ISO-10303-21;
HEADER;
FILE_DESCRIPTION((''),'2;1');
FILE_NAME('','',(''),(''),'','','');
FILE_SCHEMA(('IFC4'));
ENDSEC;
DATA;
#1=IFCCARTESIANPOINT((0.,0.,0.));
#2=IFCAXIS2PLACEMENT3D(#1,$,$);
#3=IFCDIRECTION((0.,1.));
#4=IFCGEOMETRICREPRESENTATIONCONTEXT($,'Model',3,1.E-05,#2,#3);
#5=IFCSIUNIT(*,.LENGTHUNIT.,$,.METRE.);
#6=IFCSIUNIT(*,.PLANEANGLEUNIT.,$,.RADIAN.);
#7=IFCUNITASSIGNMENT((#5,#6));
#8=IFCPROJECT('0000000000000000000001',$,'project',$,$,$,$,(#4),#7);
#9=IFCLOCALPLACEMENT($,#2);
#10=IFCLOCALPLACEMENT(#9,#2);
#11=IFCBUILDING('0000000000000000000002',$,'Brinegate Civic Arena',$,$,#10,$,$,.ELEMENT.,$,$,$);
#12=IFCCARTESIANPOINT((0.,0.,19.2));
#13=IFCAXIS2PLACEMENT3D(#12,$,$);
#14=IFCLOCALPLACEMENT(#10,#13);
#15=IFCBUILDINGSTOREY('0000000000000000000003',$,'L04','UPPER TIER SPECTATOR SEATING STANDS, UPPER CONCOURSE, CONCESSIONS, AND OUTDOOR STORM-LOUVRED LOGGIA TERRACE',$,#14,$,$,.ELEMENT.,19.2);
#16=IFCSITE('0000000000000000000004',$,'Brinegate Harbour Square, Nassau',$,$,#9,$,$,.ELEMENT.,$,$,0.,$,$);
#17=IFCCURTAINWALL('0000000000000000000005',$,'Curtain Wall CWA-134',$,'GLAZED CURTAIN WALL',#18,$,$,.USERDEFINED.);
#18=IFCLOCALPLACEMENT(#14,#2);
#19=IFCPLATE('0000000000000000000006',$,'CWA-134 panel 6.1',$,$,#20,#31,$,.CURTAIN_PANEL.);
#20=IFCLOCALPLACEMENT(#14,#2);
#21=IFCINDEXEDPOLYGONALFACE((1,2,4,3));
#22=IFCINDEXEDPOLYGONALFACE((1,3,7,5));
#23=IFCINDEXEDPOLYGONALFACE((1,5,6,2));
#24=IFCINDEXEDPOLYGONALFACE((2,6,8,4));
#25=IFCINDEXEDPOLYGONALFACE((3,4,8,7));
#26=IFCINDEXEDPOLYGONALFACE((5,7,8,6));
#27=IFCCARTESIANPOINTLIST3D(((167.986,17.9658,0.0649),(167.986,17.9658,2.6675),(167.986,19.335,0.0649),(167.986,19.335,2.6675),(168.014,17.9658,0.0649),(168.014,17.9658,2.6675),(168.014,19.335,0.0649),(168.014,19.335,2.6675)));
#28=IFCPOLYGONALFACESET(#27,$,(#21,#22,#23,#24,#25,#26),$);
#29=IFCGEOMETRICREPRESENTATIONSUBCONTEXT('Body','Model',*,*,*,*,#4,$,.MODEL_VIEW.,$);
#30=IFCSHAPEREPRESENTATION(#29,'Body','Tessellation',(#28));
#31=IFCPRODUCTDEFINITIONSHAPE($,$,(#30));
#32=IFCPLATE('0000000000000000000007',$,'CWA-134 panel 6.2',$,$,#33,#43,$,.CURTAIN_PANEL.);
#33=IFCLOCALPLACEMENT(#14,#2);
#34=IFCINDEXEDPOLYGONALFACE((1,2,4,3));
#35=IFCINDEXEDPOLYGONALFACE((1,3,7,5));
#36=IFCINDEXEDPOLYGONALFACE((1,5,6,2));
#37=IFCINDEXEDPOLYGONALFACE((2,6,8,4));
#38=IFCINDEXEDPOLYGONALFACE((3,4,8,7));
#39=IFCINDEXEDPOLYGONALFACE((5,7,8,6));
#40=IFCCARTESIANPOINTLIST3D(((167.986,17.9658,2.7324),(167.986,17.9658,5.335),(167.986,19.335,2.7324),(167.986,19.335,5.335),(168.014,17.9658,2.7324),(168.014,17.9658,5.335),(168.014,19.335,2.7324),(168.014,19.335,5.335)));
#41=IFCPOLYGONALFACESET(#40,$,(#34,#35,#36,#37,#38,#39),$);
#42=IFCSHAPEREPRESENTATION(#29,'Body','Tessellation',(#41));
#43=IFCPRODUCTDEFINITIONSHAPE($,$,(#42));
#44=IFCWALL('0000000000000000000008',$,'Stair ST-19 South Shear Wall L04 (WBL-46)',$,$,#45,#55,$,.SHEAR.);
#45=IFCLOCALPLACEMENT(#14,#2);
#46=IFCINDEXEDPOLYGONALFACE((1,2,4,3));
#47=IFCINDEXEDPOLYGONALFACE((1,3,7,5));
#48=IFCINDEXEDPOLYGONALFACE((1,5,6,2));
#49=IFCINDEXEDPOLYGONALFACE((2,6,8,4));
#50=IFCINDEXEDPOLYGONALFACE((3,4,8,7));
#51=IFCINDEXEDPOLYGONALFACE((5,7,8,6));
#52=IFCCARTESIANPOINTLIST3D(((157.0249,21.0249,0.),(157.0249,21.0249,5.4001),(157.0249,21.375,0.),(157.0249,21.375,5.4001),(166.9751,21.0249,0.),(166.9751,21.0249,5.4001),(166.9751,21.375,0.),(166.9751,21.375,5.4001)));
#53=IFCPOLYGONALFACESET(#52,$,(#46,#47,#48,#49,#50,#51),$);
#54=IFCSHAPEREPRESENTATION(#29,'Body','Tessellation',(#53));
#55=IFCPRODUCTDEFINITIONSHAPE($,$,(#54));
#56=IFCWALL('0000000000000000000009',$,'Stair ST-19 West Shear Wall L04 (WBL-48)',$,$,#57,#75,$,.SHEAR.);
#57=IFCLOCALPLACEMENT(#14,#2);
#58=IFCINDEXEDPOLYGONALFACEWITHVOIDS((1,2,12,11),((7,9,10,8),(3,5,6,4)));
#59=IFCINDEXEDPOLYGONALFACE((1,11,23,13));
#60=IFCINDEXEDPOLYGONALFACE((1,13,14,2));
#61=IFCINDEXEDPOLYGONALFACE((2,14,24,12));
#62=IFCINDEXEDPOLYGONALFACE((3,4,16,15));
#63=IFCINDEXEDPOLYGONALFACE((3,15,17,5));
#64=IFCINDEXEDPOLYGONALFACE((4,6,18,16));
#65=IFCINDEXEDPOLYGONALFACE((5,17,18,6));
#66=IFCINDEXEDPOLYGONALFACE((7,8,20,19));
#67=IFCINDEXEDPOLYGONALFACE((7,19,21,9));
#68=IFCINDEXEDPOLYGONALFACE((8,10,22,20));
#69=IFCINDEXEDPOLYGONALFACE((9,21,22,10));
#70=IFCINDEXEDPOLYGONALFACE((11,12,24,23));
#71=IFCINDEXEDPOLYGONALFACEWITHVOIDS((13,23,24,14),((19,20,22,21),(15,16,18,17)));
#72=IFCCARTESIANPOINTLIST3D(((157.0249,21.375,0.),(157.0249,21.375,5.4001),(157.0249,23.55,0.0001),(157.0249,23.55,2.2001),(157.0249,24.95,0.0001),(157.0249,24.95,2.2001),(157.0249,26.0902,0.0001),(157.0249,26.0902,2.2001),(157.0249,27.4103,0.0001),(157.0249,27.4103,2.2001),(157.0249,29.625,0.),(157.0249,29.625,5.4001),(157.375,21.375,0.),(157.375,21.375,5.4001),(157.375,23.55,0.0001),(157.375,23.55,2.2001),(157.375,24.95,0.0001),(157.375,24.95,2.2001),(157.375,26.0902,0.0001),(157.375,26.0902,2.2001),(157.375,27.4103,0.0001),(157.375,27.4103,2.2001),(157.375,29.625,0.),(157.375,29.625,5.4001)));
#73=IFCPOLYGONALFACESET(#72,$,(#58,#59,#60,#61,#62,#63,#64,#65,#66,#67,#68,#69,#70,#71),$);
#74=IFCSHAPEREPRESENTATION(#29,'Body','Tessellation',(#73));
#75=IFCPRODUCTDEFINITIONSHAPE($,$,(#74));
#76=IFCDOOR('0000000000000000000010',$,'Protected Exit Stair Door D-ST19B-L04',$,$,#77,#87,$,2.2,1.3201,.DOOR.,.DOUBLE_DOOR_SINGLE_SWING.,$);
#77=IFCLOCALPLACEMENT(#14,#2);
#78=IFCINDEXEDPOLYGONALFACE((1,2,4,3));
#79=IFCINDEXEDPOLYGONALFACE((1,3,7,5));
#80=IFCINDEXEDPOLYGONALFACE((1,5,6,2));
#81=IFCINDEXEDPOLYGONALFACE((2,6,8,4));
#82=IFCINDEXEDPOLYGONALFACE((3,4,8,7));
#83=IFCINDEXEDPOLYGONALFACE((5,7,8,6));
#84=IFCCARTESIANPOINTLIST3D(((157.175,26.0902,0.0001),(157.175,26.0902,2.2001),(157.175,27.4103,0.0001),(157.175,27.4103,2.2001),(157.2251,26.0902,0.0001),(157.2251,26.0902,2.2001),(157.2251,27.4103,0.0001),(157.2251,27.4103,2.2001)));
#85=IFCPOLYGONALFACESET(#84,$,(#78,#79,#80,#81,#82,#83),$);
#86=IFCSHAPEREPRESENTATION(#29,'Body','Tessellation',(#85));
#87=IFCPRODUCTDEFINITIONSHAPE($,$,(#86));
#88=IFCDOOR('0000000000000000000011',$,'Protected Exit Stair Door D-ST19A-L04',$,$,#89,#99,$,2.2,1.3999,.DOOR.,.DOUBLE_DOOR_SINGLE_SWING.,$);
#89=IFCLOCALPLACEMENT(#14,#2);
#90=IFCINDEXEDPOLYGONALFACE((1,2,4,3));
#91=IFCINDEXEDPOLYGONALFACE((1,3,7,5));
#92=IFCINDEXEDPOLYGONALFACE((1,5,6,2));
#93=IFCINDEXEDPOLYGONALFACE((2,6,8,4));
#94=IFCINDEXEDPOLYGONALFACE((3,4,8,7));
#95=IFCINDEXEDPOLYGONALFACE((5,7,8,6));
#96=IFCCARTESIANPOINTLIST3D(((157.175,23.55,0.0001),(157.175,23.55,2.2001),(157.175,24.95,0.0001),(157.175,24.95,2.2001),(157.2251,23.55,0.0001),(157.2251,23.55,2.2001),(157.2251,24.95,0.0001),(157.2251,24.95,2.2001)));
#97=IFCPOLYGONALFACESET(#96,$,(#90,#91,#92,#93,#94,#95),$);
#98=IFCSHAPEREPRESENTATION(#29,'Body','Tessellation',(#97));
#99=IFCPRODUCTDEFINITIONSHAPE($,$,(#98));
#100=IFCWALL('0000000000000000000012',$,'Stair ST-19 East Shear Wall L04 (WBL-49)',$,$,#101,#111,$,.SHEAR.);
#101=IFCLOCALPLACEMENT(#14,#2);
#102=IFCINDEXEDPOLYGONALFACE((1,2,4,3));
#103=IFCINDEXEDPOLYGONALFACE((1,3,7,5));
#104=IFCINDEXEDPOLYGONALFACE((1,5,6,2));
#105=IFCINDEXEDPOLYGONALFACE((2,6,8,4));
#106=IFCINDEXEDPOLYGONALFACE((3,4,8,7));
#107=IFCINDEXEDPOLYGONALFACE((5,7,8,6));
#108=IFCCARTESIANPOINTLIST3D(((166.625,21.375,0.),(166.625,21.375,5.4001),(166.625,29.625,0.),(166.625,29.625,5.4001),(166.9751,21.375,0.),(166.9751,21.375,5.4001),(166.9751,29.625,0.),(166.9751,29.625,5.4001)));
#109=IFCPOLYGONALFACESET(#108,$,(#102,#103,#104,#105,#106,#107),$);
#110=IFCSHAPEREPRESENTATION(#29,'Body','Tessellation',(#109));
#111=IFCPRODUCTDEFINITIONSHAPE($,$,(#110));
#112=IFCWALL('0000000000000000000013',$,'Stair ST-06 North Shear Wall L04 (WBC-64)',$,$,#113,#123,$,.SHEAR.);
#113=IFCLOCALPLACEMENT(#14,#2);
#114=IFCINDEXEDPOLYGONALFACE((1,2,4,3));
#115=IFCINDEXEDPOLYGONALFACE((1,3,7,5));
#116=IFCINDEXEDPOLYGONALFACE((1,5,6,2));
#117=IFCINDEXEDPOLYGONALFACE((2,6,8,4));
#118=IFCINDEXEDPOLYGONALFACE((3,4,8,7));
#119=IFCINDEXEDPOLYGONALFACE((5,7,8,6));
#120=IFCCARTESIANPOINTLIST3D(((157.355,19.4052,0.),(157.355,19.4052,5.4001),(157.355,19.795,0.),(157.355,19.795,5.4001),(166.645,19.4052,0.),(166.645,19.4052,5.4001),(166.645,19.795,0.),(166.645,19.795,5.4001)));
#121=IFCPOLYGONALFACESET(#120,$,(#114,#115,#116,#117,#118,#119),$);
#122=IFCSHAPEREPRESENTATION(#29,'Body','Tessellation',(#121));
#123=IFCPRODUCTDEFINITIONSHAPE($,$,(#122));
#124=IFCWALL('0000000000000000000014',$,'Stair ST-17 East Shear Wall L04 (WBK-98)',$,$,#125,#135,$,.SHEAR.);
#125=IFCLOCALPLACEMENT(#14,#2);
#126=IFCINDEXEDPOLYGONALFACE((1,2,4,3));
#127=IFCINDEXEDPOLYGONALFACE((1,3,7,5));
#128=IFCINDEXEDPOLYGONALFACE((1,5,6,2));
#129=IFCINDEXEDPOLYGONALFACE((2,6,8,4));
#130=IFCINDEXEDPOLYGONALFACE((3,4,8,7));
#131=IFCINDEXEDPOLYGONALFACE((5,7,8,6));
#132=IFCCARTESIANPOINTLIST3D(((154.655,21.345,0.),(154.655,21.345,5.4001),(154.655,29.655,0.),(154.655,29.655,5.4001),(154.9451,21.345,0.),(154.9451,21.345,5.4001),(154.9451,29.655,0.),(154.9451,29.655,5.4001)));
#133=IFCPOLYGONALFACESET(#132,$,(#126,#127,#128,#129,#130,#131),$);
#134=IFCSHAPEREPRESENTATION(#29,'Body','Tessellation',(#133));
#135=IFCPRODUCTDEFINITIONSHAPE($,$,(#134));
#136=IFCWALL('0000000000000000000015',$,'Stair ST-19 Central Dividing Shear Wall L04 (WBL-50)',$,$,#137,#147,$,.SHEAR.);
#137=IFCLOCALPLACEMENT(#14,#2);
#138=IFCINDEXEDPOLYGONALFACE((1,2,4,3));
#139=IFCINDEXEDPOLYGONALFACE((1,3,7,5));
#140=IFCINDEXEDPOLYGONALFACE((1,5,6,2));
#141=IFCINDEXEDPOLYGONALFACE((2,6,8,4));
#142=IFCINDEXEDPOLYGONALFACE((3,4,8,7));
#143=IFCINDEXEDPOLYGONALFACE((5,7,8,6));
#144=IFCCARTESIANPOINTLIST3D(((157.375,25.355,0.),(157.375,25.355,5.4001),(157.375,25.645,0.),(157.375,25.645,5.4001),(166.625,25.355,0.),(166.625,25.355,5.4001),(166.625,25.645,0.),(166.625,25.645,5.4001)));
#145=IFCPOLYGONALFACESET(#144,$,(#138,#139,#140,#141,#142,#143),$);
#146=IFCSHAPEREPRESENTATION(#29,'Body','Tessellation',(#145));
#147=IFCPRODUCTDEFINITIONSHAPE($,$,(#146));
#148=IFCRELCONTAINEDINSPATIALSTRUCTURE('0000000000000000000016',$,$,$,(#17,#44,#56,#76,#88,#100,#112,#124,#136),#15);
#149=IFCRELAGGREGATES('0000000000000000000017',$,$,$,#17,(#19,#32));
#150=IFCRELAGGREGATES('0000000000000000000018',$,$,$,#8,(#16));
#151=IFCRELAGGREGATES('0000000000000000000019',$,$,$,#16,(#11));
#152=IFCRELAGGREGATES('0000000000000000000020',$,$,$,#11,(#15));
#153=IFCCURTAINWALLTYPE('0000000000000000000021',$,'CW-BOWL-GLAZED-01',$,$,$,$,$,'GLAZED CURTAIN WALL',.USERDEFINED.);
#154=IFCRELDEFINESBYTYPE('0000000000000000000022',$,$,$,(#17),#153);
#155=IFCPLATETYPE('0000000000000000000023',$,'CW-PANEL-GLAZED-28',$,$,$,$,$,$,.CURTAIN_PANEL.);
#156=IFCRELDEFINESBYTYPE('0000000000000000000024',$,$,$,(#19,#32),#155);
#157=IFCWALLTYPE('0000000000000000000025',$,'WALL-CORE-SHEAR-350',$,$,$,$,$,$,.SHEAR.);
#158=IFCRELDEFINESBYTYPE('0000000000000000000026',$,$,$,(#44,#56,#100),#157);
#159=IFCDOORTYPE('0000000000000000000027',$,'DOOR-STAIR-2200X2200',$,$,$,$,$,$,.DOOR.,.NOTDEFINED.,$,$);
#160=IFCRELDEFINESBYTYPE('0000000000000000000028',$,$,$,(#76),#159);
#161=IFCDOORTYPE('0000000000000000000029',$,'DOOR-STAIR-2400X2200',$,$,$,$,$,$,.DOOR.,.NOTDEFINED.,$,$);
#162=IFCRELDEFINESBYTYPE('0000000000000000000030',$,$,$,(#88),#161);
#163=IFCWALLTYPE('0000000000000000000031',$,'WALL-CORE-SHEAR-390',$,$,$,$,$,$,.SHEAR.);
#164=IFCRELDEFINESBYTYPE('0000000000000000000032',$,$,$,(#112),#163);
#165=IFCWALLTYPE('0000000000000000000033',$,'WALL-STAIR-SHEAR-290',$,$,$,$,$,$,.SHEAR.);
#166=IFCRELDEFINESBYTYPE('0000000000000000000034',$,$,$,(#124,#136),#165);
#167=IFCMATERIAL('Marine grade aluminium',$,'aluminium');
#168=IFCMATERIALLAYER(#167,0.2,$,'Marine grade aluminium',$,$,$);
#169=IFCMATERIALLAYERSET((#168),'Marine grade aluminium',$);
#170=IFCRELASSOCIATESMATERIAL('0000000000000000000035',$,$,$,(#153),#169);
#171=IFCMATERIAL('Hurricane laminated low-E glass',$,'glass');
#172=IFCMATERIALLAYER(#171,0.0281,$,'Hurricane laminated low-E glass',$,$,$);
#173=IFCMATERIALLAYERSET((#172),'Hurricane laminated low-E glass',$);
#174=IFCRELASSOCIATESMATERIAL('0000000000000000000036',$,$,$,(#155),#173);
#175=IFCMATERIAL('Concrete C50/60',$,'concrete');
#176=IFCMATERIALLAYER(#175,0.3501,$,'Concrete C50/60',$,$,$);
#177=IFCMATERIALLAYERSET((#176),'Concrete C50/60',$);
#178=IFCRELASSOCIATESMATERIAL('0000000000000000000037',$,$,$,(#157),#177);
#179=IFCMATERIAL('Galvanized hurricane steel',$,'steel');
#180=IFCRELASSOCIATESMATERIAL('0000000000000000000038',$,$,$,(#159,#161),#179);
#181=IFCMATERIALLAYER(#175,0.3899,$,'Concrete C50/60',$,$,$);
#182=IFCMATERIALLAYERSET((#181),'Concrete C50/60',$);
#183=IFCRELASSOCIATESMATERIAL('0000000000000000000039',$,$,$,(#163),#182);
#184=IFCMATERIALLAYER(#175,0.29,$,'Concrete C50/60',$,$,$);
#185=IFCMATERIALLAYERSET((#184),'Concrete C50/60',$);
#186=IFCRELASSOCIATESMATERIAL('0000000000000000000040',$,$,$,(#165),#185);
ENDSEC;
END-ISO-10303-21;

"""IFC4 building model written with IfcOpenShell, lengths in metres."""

from ifc_helpers import new_model, si_unit, direction, frame, frame_2d, origin, origin_2d, place, context, subcontext, project, spatial, rectangle, extrude, material, layer, layer_set, type_object, element, fill, aggregate, save


model = new_model("IFC4")

# Units and contexts
model_context = context("Model", 3, precision=1e-05, world=origin(), true_north=direction((0.0, 1.0)))
body_context = subcontext(model_context, "Body", "Model", "MODEL_VIEW")
ifc_project = project(units=[si_unit("LENGTHUNIT", "METRE"), si_unit("PLANEANGLEUNIT", "RADIAN")], contexts=[model_context])

# Site, building, storey
site_placement = place(None, origin())
site = spatial("IfcSite", under=ifc_project, at=site_placement, Name="Brinegate Harbour Square, Nassau", CompositionType="ELEMENT", RefElevation=0.0)
building_placement = place(site_placement, origin())
building = spatial("IfcBuilding", under=site, at=building_placement, Name="Brinegate Civic Arena", CompositionType="ELEMENT")
storey_placement = place(building_placement, frame((0.0, 0.0, 19.2)))
storey = spatial("IfcBuildingStorey", under=building, at=storey_placement, Name="L04", Description="UPPER TIER SPECTATOR SEATING STANDS, UPPER CONCOURSE, CONCESSIONS, AND OUTDOOR STORM-LOUVRED LOGGIA TERRACE", CompositionType="ELEMENT", Elevation=19.2)

# Curtain wall
ifc_material_1 = material(Name="Marine grade aluminium", Category="aluminium")
ifc_layer_1 = layer(ifc_material_1, 0.2, Name="Marine grade aluminium")
ifc_layer_set_1 = layer_set([ifc_layer_1], Name="Marine grade aluminium")
curtain_wall_type = type_object("IfcCurtainWallType", Name="CW-BOWL-GLAZED-01", ElementType="GLAZED CURTAIN WALL", PredefinedType="USERDEFINED", material=ifc_layer_set_1)
curtain_wall_placement = place(storey_placement, origin())
curtain_wall = element("IfcCurtainWall", 1, at=curtain_wall_placement, inside=storey, type_object=curtain_wall_type, Name="Curtain Wall CWA-134", ObjectType="GLAZED CURTAIN WALL", PredefinedType="USERDEFINED")

# Shared definitions
ifc_material_2 = material(Name="Concrete C50/60", Category="concrete")

# Plates
ifc_material_3 = material(Name="Hurricane laminated low-E glass", Category="glass")
ifc_layer_2 = layer(ifc_material_3, 0.0281, Name="Hurricane laminated low-E glass")
ifc_layer_set_2 = layer_set([ifc_layer_2], Name="Hurricane laminated low-E glass")
plate_type = type_object("IfcPlateType", Name="CW-PANEL-GLAZED-28", PredefinedType="CURTAIN_PANEL", material=ifc_layer_set_2)
plate_1_placement = place(storey_placement, frame((168.0, 18.6504, 0.0649), z_axis=(0.0, 0.0, 1.0), x_axis=(0.0, 1.0, 0.0)))
plate_1 = element("IfcPlate", 2, at=plate_1_placement, type_object=plate_type, Name="CWA-134 panel 6.1", PredefinedType="CURTAIN_PANEL", context=body_context, shape_type="SweptSolid", body=[
    extrude(rectangle(XDim=1.3691, YDim=0.0281, at=origin_2d()), origin(), (0.0, 0.0, 1.0), 2.6025),
])
plate_2_placement = place(storey_placement, frame((168.0, 18.6504, 2.7324), z_axis=(0.0, 0.0, 1.0), x_axis=(0.0, 1.0, 0.0)))
plate_2 = element("IfcPlate", 3, at=plate_2_placement, type_object=plate_type, Name="CWA-134 panel 6.2", PredefinedType="CURTAIN_PANEL", context=body_context, shape_type="SweptSolid", body=[
    extrude(rectangle(XDim=1.3691, YDim=0.0281, at=origin_2d()), origin(), (0.0, 0.0, 1.0), 2.6025),
])
aggregate(curtain_wall, [plate_1, plate_2])

# Wall
ifc_layer_3 = layer(ifc_material_2, 0.3501, Name="Concrete C50/60")
ifc_layer_set_3 = layer_set([ifc_layer_3], Name="Concrete C50/60")
wall_type_1 = type_object("IfcWallType", Name="WALL-CORE-SHEAR-350", PredefinedType="SHEAR", material=ifc_layer_set_3)
wall_1_placement = place(storey_placement, frame((157.0249, 21.2, 0.0), z_axis=(0.0, 0.0, 1.0), x_axis=(1.0, 0.0, 0.0)))
element("IfcWall", 4, at=wall_1_placement, inside=storey, type_object=wall_type_1, Name="Stair ST-19 South Shear Wall L04 (WBL-46)", PredefinedType="SHEAR", context=body_context, shape_type="SweptSolid", body=[
    extrude(rectangle(XDim=9.9502, YDim=0.3501, at=frame_2d((4.9751, 0.0))), origin(), (0.0, 0.0, 1.0), 5.4001),
])

# Wall, openings, doors
wall_2_placement = place(storey_placement, frame((157.2, 21.375, 0.0), z_axis=(0.0, 0.0, 1.0), x_axis=(0.0, 1.0, 0.0)))
wall_2 = element("IfcWall", 5, at=wall_2_placement, inside=storey, type_object=wall_type_1, Name="Stair ST-19 West Shear Wall L04 (WBL-48)", PredefinedType="SHEAR", context=body_context, shape_type="SweptSolid", body=[
    extrude(rectangle(XDim=8.25, YDim=0.3501, at=frame_2d((4.125, 0.0))), origin(), (0.0, 0.0, 1.0), 5.4001),
])
opening_1_placement = place(wall_2_placement, frame((2.175, 0.0, 0.0)))
opening_1 = element("IfcOpeningElement", 6, at=opening_1_placement, cuts=wall_2, PredefinedType="OPENING", context=body_context, shape_type="SweptSolid", body=[
    extrude(rectangle(XDim=1.3999, YDim=2.2, at=frame_2d((0.7, 1.1001))), frame((0.0, 0.1851, 0.0), z_axis=(0.0, -1.0, 0.0), x_axis=(1.0, 0.0, 0.0)), (0.0, 0.0, 1.0), 0.3701),
])
opening_2_placement = place(wall_2_placement, frame((4.7151, 0.0, 0.0)))
opening_2 = element("IfcOpeningElement", 7, at=opening_2_placement, cuts=wall_2, PredefinedType="OPENING", context=body_context, shape_type="SweptSolid", body=[
    extrude(rectangle(XDim=1.3201, YDim=2.2, at=frame_2d((0.6602, 1.1001))), frame((0.0, 0.1851, 0.0), z_axis=(0.0, -1.0, 0.0), x_axis=(1.0, 0.0, 0.0)), (0.0, 0.0, 1.0), 0.3701),
])
ifc_material_4 = material(Name="Galvanized hurricane steel", Category="steel")
door_type_1 = type_object("IfcDoorType", Name="DOOR-STAIR-2200X2200", OperationType="NOTDEFINED", PredefinedType="DOOR", material=ifc_material_4)
door_1_placement = place(opening_2_placement, origin())
door_1 = element("IfcDoor", 8, at=door_1_placement, inside=storey, type_object=door_type_1, Name="Protected Exit Stair Door D-ST19B-L04", OperationType="DOUBLE_DOOR_SINGLE_SWING", OverallHeight=2.2, OverallWidth=1.3201, PredefinedType="DOOR", context=body_context, shape_type="SweptSolid", body=[
    extrude(rectangle(XDim=1.3201, YDim=2.2, at=frame_2d((0.6602, 1.1001))), frame((0.0, 0.0249, 0.0), z_axis=(0.0, -1.0, 0.0), x_axis=(1.0, 0.0, 0.0)), (0.0, 0.0, 1.0), 0.05),
])
fill(opening_2, door_1)
door_type_2 = type_object("IfcDoorType", Name="DOOR-STAIR-2400X2200", OperationType="NOTDEFINED", PredefinedType="DOOR", material=ifc_material_4)
door_2_placement = place(opening_1_placement, origin())
door_2 = element("IfcDoor", 9, at=door_2_placement, inside=storey, type_object=door_type_2, Name="Protected Exit Stair Door D-ST19A-L04", OperationType="DOUBLE_DOOR_SINGLE_SWING", OverallHeight=2.2, OverallWidth=1.3999, PredefinedType="DOOR", context=body_context, shape_type="SweptSolid", body=[
    extrude(rectangle(XDim=1.3999, YDim=2.2, at=frame_2d((0.7, 1.1001))), frame((0.0, 0.0249, 0.0), z_axis=(0.0, -1.0, 0.0), x_axis=(1.0, 0.0, 0.0)), (0.0, 0.0, 1.0), 0.05),
])
fill(opening_1, door_2)

# Walls
wall_3_placement = place(storey_placement, frame((166.8, 21.375, 0.0), z_axis=(0.0, 0.0, 1.0), x_axis=(0.0, 1.0, 0.0)))
element("IfcWall", 10, at=wall_3_placement, inside=storey, type_object=wall_type_1, Name="Stair ST-19 East Shear Wall L04 (WBL-49)", PredefinedType="SHEAR", context=body_context, shape_type="SweptSolid", body=[
    extrude(rectangle(XDim=8.25, YDim=0.3501, at=frame_2d((4.125, 0.0))), origin(), (0.0, 0.0, 1.0), 5.4001),
])
ifc_layer_4 = layer(ifc_material_2, 0.3899, Name="Concrete C50/60")
ifc_layer_set_4 = layer_set([ifc_layer_4], Name="Concrete C50/60")
wall_type_2 = type_object("IfcWallType", Name="WALL-CORE-SHEAR-390", PredefinedType="SHEAR", material=ifc_layer_set_4)
wall_4_placement = place(storey_placement, frame((157.355, 19.6001, 0.0), z_axis=(0.0, 0.0, 1.0), x_axis=(1.0, 0.0, 0.0)))
element("IfcWall", 11, at=wall_4_placement, inside=storey, type_object=wall_type_2, Name="Stair ST-06 North Shear Wall L04 (WBC-64)", PredefinedType="SHEAR", context=body_context, shape_type="SweptSolid", body=[
    extrude(rectangle(XDim=9.29, YDim=0.3899, at=frame_2d((4.645, 0.0))), origin(), (0.0, 0.0, 1.0), 5.4001),
])
ifc_layer_5 = layer(ifc_material_2, 0.29, Name="Concrete C50/60")
ifc_layer_set_5 = layer_set([ifc_layer_5], Name="Concrete C50/60")
wall_type_3 = type_object("IfcWallType", Name="WALL-STAIR-SHEAR-290", PredefinedType="SHEAR", material=ifc_layer_set_5)
wall_5_placement = place(storey_placement, frame((154.8, 21.345, 0.0), z_axis=(0.0, 0.0, 1.0), x_axis=(0.0, 1.0, 0.0)))
element("IfcWall", 12, at=wall_5_placement, inside=storey, type_object=wall_type_3, Name="Stair ST-17 East Shear Wall L04 (WBK-98)", PredefinedType="SHEAR", context=body_context, shape_type="SweptSolid", body=[
    extrude(rectangle(XDim=8.3101, YDim=0.29, at=frame_2d((4.155, 0.0))), origin(), (0.0, 0.0, 1.0), 5.4001),
])
wall_6_placement = place(storey_placement, frame((157.375, 25.5, 0.0), z_axis=(0.0, 0.0, 1.0), x_axis=(1.0, 0.0, 0.0)))
element("IfcWall", 13, at=wall_6_placement, inside=storey, type_object=wall_type_3, Name="Stair ST-19 Central Dividing Shear Wall L04 (WBL-50)", PredefinedType="SHEAR", context=body_context, shape_type="SweptSolid", body=[
    extrude(rectangle(XDim=9.25, YDim=0.29, at=frame_2d((4.625, 0.0))), origin(), (0.0, 0.0, 1.0), 5.4001),
])

save(model, "model.ifc")
